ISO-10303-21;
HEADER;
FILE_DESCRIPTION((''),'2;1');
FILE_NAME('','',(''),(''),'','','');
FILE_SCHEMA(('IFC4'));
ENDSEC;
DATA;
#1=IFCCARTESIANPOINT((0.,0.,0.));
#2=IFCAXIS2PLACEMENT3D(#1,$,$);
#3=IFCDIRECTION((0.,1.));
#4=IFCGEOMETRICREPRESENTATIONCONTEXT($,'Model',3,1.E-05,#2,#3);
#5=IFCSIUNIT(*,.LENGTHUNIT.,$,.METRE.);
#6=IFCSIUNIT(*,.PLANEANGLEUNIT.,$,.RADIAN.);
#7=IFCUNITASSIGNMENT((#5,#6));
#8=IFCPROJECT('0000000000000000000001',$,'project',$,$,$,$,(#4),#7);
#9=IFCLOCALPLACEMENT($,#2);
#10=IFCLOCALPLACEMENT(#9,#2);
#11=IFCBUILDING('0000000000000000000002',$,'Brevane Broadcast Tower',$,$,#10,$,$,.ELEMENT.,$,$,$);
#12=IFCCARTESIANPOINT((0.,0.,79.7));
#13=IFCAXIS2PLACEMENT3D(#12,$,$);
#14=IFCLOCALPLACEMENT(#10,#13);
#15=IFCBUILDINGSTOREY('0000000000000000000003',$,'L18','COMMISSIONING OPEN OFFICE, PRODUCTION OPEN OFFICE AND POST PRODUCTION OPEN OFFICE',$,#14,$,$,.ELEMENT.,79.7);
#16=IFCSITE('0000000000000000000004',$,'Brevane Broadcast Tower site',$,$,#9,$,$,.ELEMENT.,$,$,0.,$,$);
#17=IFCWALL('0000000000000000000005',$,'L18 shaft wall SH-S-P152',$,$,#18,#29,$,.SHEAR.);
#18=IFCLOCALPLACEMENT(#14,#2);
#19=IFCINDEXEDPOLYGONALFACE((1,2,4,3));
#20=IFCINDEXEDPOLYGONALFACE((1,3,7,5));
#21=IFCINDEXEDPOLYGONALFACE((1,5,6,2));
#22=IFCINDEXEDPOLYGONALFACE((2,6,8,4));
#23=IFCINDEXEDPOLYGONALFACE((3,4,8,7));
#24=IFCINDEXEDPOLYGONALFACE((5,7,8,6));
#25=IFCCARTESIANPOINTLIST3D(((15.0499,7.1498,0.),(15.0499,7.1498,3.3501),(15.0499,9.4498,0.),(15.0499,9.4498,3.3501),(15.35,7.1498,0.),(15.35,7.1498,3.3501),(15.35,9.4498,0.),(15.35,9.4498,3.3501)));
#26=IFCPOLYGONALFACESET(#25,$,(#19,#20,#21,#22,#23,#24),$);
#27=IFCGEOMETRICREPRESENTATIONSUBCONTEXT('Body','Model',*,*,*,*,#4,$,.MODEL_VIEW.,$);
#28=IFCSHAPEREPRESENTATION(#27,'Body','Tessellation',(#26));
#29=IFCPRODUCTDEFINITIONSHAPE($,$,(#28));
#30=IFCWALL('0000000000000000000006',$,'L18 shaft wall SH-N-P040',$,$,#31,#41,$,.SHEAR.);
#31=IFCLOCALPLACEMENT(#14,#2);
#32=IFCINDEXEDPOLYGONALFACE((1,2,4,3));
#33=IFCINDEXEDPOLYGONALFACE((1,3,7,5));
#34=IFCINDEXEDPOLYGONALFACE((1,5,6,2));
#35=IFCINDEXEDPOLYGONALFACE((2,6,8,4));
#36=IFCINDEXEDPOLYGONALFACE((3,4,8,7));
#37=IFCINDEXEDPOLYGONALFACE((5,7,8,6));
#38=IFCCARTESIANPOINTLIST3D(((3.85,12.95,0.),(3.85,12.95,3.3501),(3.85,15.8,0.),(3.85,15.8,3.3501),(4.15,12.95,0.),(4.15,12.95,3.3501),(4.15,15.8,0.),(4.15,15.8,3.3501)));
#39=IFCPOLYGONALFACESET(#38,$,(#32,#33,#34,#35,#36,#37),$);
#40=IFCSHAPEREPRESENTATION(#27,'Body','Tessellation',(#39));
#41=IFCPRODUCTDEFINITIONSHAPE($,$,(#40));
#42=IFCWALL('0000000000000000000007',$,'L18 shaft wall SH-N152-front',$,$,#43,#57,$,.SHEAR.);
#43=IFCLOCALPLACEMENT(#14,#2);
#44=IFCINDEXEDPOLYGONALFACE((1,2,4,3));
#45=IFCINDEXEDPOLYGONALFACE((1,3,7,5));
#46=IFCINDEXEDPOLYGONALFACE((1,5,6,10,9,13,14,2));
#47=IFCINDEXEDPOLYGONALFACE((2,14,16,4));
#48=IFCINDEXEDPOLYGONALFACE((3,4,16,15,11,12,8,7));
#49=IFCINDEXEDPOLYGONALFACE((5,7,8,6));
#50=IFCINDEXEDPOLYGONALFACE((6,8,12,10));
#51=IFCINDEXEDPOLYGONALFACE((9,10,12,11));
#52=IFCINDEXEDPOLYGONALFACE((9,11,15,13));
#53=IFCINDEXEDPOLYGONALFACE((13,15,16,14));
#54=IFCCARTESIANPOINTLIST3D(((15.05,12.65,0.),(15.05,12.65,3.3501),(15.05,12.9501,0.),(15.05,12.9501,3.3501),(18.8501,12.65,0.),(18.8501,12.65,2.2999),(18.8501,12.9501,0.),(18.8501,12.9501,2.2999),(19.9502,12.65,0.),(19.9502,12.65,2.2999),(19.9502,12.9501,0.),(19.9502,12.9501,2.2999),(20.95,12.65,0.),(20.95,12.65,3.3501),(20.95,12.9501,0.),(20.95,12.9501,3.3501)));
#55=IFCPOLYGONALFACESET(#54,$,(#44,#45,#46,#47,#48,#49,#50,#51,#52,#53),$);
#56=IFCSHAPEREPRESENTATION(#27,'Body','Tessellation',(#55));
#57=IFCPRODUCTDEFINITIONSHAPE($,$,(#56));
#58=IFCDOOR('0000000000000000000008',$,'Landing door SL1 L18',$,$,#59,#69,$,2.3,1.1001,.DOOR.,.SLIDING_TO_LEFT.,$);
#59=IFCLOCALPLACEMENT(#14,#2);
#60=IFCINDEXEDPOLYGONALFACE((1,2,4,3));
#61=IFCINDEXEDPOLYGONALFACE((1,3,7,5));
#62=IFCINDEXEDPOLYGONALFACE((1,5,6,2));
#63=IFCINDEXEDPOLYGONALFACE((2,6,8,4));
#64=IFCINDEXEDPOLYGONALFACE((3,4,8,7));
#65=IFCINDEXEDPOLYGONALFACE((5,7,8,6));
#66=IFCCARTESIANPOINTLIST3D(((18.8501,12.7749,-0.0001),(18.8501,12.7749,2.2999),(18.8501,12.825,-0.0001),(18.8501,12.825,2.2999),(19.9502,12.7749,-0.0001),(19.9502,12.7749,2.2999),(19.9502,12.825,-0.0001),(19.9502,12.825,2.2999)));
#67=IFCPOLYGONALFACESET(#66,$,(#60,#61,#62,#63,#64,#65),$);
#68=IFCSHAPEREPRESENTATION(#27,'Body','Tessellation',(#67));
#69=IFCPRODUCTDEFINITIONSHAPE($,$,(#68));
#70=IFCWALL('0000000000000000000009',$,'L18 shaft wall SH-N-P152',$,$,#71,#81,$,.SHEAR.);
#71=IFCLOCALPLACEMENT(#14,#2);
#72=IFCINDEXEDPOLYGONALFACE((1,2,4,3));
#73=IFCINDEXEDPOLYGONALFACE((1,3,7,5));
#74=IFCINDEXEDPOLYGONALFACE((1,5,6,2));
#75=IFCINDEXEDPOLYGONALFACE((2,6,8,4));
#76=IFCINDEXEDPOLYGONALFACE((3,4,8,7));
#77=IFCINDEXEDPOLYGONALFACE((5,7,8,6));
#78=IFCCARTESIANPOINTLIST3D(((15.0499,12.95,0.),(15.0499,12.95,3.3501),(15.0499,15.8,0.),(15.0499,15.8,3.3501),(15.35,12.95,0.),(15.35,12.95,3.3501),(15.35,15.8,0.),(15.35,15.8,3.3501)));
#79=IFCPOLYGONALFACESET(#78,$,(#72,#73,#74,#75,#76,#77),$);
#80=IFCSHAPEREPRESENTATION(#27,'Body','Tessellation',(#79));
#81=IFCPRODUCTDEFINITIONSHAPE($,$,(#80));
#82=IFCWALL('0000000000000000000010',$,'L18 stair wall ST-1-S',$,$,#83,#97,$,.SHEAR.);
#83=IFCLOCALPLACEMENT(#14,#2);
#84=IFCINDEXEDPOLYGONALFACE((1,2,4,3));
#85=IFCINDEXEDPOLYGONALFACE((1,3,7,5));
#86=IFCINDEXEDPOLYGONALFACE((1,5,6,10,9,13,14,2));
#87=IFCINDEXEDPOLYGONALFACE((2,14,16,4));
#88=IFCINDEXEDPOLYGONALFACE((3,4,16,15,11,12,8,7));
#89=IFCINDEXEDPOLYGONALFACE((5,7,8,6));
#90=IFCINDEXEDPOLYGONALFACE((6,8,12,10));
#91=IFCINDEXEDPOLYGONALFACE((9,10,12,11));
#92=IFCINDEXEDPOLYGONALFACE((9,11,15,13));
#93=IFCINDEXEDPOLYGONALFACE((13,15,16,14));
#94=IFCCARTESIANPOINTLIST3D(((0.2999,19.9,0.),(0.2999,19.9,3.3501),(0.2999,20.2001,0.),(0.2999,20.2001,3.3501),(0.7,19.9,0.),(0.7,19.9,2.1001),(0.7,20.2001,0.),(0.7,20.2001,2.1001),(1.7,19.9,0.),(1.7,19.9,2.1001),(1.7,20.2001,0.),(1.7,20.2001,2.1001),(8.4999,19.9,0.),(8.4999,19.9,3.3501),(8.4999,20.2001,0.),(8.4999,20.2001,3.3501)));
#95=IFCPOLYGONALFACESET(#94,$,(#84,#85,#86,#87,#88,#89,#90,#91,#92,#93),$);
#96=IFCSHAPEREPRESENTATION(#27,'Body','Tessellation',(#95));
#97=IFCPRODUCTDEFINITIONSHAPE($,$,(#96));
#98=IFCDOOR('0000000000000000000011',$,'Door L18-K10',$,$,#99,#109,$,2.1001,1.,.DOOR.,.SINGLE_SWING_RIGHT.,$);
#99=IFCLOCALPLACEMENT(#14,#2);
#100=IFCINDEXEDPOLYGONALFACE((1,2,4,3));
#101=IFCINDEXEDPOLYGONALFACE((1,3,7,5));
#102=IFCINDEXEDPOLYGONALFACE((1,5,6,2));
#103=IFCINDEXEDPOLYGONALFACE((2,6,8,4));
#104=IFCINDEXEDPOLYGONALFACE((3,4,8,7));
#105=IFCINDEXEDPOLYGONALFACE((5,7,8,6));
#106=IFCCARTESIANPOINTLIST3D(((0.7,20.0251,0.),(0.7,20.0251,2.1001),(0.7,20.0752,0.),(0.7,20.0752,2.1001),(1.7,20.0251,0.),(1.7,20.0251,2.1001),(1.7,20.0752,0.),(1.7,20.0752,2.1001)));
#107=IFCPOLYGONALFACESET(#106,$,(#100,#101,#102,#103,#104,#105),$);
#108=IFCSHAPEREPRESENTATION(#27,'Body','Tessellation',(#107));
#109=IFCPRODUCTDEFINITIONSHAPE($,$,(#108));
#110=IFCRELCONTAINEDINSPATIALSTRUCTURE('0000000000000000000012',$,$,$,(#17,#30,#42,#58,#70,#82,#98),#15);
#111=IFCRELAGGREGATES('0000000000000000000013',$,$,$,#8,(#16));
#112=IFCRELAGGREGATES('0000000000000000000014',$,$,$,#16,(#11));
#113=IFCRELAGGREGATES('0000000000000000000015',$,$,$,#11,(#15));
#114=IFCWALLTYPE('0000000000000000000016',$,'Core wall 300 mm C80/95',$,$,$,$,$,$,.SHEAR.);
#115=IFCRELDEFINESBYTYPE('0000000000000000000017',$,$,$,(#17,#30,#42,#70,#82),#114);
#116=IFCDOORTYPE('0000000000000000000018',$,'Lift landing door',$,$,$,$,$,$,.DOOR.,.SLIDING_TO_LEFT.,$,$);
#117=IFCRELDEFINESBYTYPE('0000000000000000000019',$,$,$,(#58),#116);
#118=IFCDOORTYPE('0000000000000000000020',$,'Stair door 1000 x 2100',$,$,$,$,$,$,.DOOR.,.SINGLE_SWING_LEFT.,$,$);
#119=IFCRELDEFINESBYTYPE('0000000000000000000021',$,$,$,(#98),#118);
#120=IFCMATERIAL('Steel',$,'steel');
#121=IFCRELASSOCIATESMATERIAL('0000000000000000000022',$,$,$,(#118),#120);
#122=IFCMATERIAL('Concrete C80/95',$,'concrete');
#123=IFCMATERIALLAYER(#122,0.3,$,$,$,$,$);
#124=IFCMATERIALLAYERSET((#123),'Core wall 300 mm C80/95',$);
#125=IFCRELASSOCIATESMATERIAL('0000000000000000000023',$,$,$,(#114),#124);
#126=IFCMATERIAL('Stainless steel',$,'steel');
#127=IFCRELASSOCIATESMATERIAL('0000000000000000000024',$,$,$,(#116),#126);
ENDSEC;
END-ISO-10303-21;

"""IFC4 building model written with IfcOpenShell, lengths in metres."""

from ifc_helpers import new_model, si_unit, direction, frame, frame_2d, origin, place, context, subcontext, project, spatial, rectangle, extrude, material, layer, layer_set, type_object, element, fill, save


model = new_model("IFC4")

# Units and contexts
model_context = context("Model", 3, precision=1e-05, world=origin(), true_north=direction((0.0, 1.0)))
body_context = subcontext(model_context, "Body", "Model", "MODEL_VIEW")
ifc_project = project(units=[si_unit("LENGTHUNIT", "METRE"), si_unit("PLANEANGLEUNIT", "RADIAN")], contexts=[model_context])

# Site, building, storey
site_placement = place(None, origin())
site = spatial("IfcSite", under=ifc_project, at=site_placement, Name="Brevane Broadcast Tower site", CompositionType="ELEMENT", RefElevation=0.0)
building_placement = place(site_placement, origin())
building = spatial("IfcBuilding", under=site, at=building_placement, Name="Brevane Broadcast Tower", CompositionType="ELEMENT")
storey_placement = place(building_placement, frame((0.0, 0.0, 79.7)))
storey = spatial("IfcBuildingStorey", under=building, at=storey_placement, Name="L18", Description="COMMISSIONING OPEN OFFICE, PRODUCTION OPEN OFFICE AND POST PRODUCTION OPEN OFFICE", CompositionType="ELEMENT", Elevation=79.7)

# Shared definitions
ifc_material_1 = material(Name="Steel", Category="steel")
door_type_1 = type_object("IfcDoorType", Name="Stair door 1000 x 2100", OperationType="SINGLE_SWING_LEFT", PredefinedType="DOOR", material=ifc_material_1)

# Walls
ifc_material_2 = material(Name="Concrete C80/95", Category="concrete")
ifc_layer_1 = layer(ifc_material_2, 0.3)
ifc_layer_set_1 = layer_set([ifc_layer_1], Name="Core wall 300 mm C80/95")
wall_type_1 = type_object("IfcWallType", Name="Core wall 300 mm C80/95", PredefinedType="SHEAR", material=ifc_layer_set_1)
for number, where, z_axis, x_axis, name in (
    (1, (15.2, 7.1499, 0.0), (0.0, 0.0, 1.0), (0.0, 1.0, 0.0), "L18 shaft wall SH-S-P152"),
):
    element("IfcWall", number, at=place(storey_placement, frame(where, z_axis=z_axis, x_axis=x_axis)), inside=storey, type_object=wall_type_1, Name=name, PredefinedType="SHEAR", context=body_context, shape_type="SweptSolid", body=[
        extrude(rectangle(XDim=2.3, YDim=0.3, at=frame_2d((1.1499, 0.0))), origin(), (0.0, 0.0, 1.0), 3.3501),
    ])
wall_1_placement = place(storey_placement, frame((4.0, 12.95, 0.0), z_axis=(0.0, 0.0, 1.0), x_axis=(0.0, 1.0, 0.0)))
element("IfcWall", 2, at=wall_1_placement, inside=storey, type_object=wall_type_1, Name="L18 shaft wall SH-N-P040", PredefinedType="SHEAR", context=body_context, shape_type="SweptSolid", body=[
    extrude(rectangle(XDim=2.8501, YDim=0.3, at=frame_2d((1.425, 0.0))), origin(), (0.0, 0.0, 1.0), 3.3501),
])

# Wall, opening, door
wall_2_placement = place(storey_placement, frame((15.05, 12.8, 0.0), z_axis=(0.0, 0.0, 1.0), x_axis=(1.0, 0.0, 0.0)))
wall_2 = element("IfcWall", 3, at=wall_2_placement, inside=storey, type_object=wall_type_1, Name="L18 shaft wall SH-N152-front", PredefinedType="SHEAR", context=body_context, shape_type="SweptSolid", body=[
    extrude(rectangle(XDim=5.8999, YDim=0.3, at=frame_2d((2.95, 0.0))), origin(), (0.0, 0.0, 1.0), 3.3501),
])
opening_1_placement = place(wall_2_placement, frame((3.8, 0.0, 0.0)))
opening_1 = element("IfcOpeningElement", 4, at=opening_1_placement, cuts=wall_2, PredefinedType="OPENING", context=body_context, shape_type="SweptSolid", body=[
    extrude(rectangle(XDim=1.1001, YDim=2.3, at=frame_2d((0.55, 1.1499))), frame((0.0, 0.1599, 0.0), z_axis=(0.0, -1.0, 0.0), x_axis=(1.0, 0.0, 0.0)), (0.0, 0.0, 1.0), 0.3201),
])
ifc_material_3 = material(Name="Stainless steel", Category="steel")
door_type_2 = type_object("IfcDoorType", Name="Lift landing door", OperationType="SLIDING_TO_LEFT", PredefinedType="DOOR", material=ifc_material_3)
door_1_placement = place(opening_1_placement, origin())
door_1 = element("IfcDoor", 5, at=door_1_placement, inside=storey, type_object=door_type_2, Name="Landing door SL1 L18", OperationType="SLIDING_TO_LEFT", OverallHeight=2.3, OverallWidth=1.1001, PredefinedType="DOOR", context=body_context, shape_type="SweptSolid", body=[
    extrude(rectangle(XDim=1.1001, YDim=2.3, at=frame_2d((0.55, 1.1499))), frame((0.0, 0.0249, 0.0), z_axis=(0.0, -1.0, 0.0), x_axis=(1.0, 0.0, 0.0)), (0.0, 0.0, 1.0), 0.05),
])
fill(opening_1, door_1)

# Wall
wall_3_placement = place(storey_placement, frame((15.2, 12.95, 0.0), z_axis=(0.0, 0.0, 1.0), x_axis=(0.0, 1.0, 0.0)))
element("IfcWall", 6, at=wall_3_placement, inside=storey, type_object=wall_type_1, Name="L18 shaft wall SH-N-P152", PredefinedType="SHEAR", context=body_context, shape_type="SweptSolid", body=[
    extrude(rectangle(XDim=2.8501, YDim=0.3, at=frame_2d((1.425, 0.0))), origin(), (0.0, 0.0, 1.0), 3.3501),
])

# Wall, opening, door
wall_4_placement = place(storey_placement, frame((8.5, 20.05, 0.0), z_axis=(0.0, 0.0, 1.0), x_axis=(-1.0, 0.0, 0.0)))
wall_4 = element("IfcWall", 7, at=wall_4_placement, inside=storey, type_object=wall_type_1, Name="L18 stair wall ST-1-S", PredefinedType="SHEAR", context=body_context, shape_type="SweptSolid", body=[
    extrude(rectangle(XDim=8.2, YDim=0.3, at=frame_2d((4.1001, 0.0))), origin(), (0.0, 0.0, 1.0), 3.3501),
])
opening_2_placement = place(wall_4_placement, frame((6.8, 0.0, 0.0)))
opening_2 = element("IfcOpeningElement", 8, at=opening_2_placement, cuts=wall_4, PredefinedType="OPENING", context=body_context, shape_type="SweptSolid", body=[
    extrude(rectangle(XDim=1.0, YDim=2.1001, at=frame_2d((0.5, 1.05))), frame((0.0, 0.1599, 0.0), z_axis=(0.0, -1.0, 0.0), x_axis=(1.0, 0.0, 0.0)), (0.0, 0.0, 1.0), 0.3201),
])
door_2_placement = place(opening_2_placement, origin())
door_2 = element("IfcDoor", 9, at=door_2_placement, inside=storey, type_object=door_type_1, Name="Door L18-K10", OperationType="SINGLE_SWING_RIGHT", OverallHeight=2.1001, OverallWidth=1.0, PredefinedType="DOOR", context=body_context, shape_type="SweptSolid", body=[
    extrude(rectangle(XDim=1.0, YDim=2.1001, at=frame_2d((0.5, 1.05))), frame((0.0, 0.0249, 0.0), z_axis=(0.0, -1.0, 0.0), x_axis=(1.0, 0.0, 0.0)), (0.0, 0.0, 1.0), 0.05),
])
fill(opening_2, door_2)

save(model, "model.ifc")
